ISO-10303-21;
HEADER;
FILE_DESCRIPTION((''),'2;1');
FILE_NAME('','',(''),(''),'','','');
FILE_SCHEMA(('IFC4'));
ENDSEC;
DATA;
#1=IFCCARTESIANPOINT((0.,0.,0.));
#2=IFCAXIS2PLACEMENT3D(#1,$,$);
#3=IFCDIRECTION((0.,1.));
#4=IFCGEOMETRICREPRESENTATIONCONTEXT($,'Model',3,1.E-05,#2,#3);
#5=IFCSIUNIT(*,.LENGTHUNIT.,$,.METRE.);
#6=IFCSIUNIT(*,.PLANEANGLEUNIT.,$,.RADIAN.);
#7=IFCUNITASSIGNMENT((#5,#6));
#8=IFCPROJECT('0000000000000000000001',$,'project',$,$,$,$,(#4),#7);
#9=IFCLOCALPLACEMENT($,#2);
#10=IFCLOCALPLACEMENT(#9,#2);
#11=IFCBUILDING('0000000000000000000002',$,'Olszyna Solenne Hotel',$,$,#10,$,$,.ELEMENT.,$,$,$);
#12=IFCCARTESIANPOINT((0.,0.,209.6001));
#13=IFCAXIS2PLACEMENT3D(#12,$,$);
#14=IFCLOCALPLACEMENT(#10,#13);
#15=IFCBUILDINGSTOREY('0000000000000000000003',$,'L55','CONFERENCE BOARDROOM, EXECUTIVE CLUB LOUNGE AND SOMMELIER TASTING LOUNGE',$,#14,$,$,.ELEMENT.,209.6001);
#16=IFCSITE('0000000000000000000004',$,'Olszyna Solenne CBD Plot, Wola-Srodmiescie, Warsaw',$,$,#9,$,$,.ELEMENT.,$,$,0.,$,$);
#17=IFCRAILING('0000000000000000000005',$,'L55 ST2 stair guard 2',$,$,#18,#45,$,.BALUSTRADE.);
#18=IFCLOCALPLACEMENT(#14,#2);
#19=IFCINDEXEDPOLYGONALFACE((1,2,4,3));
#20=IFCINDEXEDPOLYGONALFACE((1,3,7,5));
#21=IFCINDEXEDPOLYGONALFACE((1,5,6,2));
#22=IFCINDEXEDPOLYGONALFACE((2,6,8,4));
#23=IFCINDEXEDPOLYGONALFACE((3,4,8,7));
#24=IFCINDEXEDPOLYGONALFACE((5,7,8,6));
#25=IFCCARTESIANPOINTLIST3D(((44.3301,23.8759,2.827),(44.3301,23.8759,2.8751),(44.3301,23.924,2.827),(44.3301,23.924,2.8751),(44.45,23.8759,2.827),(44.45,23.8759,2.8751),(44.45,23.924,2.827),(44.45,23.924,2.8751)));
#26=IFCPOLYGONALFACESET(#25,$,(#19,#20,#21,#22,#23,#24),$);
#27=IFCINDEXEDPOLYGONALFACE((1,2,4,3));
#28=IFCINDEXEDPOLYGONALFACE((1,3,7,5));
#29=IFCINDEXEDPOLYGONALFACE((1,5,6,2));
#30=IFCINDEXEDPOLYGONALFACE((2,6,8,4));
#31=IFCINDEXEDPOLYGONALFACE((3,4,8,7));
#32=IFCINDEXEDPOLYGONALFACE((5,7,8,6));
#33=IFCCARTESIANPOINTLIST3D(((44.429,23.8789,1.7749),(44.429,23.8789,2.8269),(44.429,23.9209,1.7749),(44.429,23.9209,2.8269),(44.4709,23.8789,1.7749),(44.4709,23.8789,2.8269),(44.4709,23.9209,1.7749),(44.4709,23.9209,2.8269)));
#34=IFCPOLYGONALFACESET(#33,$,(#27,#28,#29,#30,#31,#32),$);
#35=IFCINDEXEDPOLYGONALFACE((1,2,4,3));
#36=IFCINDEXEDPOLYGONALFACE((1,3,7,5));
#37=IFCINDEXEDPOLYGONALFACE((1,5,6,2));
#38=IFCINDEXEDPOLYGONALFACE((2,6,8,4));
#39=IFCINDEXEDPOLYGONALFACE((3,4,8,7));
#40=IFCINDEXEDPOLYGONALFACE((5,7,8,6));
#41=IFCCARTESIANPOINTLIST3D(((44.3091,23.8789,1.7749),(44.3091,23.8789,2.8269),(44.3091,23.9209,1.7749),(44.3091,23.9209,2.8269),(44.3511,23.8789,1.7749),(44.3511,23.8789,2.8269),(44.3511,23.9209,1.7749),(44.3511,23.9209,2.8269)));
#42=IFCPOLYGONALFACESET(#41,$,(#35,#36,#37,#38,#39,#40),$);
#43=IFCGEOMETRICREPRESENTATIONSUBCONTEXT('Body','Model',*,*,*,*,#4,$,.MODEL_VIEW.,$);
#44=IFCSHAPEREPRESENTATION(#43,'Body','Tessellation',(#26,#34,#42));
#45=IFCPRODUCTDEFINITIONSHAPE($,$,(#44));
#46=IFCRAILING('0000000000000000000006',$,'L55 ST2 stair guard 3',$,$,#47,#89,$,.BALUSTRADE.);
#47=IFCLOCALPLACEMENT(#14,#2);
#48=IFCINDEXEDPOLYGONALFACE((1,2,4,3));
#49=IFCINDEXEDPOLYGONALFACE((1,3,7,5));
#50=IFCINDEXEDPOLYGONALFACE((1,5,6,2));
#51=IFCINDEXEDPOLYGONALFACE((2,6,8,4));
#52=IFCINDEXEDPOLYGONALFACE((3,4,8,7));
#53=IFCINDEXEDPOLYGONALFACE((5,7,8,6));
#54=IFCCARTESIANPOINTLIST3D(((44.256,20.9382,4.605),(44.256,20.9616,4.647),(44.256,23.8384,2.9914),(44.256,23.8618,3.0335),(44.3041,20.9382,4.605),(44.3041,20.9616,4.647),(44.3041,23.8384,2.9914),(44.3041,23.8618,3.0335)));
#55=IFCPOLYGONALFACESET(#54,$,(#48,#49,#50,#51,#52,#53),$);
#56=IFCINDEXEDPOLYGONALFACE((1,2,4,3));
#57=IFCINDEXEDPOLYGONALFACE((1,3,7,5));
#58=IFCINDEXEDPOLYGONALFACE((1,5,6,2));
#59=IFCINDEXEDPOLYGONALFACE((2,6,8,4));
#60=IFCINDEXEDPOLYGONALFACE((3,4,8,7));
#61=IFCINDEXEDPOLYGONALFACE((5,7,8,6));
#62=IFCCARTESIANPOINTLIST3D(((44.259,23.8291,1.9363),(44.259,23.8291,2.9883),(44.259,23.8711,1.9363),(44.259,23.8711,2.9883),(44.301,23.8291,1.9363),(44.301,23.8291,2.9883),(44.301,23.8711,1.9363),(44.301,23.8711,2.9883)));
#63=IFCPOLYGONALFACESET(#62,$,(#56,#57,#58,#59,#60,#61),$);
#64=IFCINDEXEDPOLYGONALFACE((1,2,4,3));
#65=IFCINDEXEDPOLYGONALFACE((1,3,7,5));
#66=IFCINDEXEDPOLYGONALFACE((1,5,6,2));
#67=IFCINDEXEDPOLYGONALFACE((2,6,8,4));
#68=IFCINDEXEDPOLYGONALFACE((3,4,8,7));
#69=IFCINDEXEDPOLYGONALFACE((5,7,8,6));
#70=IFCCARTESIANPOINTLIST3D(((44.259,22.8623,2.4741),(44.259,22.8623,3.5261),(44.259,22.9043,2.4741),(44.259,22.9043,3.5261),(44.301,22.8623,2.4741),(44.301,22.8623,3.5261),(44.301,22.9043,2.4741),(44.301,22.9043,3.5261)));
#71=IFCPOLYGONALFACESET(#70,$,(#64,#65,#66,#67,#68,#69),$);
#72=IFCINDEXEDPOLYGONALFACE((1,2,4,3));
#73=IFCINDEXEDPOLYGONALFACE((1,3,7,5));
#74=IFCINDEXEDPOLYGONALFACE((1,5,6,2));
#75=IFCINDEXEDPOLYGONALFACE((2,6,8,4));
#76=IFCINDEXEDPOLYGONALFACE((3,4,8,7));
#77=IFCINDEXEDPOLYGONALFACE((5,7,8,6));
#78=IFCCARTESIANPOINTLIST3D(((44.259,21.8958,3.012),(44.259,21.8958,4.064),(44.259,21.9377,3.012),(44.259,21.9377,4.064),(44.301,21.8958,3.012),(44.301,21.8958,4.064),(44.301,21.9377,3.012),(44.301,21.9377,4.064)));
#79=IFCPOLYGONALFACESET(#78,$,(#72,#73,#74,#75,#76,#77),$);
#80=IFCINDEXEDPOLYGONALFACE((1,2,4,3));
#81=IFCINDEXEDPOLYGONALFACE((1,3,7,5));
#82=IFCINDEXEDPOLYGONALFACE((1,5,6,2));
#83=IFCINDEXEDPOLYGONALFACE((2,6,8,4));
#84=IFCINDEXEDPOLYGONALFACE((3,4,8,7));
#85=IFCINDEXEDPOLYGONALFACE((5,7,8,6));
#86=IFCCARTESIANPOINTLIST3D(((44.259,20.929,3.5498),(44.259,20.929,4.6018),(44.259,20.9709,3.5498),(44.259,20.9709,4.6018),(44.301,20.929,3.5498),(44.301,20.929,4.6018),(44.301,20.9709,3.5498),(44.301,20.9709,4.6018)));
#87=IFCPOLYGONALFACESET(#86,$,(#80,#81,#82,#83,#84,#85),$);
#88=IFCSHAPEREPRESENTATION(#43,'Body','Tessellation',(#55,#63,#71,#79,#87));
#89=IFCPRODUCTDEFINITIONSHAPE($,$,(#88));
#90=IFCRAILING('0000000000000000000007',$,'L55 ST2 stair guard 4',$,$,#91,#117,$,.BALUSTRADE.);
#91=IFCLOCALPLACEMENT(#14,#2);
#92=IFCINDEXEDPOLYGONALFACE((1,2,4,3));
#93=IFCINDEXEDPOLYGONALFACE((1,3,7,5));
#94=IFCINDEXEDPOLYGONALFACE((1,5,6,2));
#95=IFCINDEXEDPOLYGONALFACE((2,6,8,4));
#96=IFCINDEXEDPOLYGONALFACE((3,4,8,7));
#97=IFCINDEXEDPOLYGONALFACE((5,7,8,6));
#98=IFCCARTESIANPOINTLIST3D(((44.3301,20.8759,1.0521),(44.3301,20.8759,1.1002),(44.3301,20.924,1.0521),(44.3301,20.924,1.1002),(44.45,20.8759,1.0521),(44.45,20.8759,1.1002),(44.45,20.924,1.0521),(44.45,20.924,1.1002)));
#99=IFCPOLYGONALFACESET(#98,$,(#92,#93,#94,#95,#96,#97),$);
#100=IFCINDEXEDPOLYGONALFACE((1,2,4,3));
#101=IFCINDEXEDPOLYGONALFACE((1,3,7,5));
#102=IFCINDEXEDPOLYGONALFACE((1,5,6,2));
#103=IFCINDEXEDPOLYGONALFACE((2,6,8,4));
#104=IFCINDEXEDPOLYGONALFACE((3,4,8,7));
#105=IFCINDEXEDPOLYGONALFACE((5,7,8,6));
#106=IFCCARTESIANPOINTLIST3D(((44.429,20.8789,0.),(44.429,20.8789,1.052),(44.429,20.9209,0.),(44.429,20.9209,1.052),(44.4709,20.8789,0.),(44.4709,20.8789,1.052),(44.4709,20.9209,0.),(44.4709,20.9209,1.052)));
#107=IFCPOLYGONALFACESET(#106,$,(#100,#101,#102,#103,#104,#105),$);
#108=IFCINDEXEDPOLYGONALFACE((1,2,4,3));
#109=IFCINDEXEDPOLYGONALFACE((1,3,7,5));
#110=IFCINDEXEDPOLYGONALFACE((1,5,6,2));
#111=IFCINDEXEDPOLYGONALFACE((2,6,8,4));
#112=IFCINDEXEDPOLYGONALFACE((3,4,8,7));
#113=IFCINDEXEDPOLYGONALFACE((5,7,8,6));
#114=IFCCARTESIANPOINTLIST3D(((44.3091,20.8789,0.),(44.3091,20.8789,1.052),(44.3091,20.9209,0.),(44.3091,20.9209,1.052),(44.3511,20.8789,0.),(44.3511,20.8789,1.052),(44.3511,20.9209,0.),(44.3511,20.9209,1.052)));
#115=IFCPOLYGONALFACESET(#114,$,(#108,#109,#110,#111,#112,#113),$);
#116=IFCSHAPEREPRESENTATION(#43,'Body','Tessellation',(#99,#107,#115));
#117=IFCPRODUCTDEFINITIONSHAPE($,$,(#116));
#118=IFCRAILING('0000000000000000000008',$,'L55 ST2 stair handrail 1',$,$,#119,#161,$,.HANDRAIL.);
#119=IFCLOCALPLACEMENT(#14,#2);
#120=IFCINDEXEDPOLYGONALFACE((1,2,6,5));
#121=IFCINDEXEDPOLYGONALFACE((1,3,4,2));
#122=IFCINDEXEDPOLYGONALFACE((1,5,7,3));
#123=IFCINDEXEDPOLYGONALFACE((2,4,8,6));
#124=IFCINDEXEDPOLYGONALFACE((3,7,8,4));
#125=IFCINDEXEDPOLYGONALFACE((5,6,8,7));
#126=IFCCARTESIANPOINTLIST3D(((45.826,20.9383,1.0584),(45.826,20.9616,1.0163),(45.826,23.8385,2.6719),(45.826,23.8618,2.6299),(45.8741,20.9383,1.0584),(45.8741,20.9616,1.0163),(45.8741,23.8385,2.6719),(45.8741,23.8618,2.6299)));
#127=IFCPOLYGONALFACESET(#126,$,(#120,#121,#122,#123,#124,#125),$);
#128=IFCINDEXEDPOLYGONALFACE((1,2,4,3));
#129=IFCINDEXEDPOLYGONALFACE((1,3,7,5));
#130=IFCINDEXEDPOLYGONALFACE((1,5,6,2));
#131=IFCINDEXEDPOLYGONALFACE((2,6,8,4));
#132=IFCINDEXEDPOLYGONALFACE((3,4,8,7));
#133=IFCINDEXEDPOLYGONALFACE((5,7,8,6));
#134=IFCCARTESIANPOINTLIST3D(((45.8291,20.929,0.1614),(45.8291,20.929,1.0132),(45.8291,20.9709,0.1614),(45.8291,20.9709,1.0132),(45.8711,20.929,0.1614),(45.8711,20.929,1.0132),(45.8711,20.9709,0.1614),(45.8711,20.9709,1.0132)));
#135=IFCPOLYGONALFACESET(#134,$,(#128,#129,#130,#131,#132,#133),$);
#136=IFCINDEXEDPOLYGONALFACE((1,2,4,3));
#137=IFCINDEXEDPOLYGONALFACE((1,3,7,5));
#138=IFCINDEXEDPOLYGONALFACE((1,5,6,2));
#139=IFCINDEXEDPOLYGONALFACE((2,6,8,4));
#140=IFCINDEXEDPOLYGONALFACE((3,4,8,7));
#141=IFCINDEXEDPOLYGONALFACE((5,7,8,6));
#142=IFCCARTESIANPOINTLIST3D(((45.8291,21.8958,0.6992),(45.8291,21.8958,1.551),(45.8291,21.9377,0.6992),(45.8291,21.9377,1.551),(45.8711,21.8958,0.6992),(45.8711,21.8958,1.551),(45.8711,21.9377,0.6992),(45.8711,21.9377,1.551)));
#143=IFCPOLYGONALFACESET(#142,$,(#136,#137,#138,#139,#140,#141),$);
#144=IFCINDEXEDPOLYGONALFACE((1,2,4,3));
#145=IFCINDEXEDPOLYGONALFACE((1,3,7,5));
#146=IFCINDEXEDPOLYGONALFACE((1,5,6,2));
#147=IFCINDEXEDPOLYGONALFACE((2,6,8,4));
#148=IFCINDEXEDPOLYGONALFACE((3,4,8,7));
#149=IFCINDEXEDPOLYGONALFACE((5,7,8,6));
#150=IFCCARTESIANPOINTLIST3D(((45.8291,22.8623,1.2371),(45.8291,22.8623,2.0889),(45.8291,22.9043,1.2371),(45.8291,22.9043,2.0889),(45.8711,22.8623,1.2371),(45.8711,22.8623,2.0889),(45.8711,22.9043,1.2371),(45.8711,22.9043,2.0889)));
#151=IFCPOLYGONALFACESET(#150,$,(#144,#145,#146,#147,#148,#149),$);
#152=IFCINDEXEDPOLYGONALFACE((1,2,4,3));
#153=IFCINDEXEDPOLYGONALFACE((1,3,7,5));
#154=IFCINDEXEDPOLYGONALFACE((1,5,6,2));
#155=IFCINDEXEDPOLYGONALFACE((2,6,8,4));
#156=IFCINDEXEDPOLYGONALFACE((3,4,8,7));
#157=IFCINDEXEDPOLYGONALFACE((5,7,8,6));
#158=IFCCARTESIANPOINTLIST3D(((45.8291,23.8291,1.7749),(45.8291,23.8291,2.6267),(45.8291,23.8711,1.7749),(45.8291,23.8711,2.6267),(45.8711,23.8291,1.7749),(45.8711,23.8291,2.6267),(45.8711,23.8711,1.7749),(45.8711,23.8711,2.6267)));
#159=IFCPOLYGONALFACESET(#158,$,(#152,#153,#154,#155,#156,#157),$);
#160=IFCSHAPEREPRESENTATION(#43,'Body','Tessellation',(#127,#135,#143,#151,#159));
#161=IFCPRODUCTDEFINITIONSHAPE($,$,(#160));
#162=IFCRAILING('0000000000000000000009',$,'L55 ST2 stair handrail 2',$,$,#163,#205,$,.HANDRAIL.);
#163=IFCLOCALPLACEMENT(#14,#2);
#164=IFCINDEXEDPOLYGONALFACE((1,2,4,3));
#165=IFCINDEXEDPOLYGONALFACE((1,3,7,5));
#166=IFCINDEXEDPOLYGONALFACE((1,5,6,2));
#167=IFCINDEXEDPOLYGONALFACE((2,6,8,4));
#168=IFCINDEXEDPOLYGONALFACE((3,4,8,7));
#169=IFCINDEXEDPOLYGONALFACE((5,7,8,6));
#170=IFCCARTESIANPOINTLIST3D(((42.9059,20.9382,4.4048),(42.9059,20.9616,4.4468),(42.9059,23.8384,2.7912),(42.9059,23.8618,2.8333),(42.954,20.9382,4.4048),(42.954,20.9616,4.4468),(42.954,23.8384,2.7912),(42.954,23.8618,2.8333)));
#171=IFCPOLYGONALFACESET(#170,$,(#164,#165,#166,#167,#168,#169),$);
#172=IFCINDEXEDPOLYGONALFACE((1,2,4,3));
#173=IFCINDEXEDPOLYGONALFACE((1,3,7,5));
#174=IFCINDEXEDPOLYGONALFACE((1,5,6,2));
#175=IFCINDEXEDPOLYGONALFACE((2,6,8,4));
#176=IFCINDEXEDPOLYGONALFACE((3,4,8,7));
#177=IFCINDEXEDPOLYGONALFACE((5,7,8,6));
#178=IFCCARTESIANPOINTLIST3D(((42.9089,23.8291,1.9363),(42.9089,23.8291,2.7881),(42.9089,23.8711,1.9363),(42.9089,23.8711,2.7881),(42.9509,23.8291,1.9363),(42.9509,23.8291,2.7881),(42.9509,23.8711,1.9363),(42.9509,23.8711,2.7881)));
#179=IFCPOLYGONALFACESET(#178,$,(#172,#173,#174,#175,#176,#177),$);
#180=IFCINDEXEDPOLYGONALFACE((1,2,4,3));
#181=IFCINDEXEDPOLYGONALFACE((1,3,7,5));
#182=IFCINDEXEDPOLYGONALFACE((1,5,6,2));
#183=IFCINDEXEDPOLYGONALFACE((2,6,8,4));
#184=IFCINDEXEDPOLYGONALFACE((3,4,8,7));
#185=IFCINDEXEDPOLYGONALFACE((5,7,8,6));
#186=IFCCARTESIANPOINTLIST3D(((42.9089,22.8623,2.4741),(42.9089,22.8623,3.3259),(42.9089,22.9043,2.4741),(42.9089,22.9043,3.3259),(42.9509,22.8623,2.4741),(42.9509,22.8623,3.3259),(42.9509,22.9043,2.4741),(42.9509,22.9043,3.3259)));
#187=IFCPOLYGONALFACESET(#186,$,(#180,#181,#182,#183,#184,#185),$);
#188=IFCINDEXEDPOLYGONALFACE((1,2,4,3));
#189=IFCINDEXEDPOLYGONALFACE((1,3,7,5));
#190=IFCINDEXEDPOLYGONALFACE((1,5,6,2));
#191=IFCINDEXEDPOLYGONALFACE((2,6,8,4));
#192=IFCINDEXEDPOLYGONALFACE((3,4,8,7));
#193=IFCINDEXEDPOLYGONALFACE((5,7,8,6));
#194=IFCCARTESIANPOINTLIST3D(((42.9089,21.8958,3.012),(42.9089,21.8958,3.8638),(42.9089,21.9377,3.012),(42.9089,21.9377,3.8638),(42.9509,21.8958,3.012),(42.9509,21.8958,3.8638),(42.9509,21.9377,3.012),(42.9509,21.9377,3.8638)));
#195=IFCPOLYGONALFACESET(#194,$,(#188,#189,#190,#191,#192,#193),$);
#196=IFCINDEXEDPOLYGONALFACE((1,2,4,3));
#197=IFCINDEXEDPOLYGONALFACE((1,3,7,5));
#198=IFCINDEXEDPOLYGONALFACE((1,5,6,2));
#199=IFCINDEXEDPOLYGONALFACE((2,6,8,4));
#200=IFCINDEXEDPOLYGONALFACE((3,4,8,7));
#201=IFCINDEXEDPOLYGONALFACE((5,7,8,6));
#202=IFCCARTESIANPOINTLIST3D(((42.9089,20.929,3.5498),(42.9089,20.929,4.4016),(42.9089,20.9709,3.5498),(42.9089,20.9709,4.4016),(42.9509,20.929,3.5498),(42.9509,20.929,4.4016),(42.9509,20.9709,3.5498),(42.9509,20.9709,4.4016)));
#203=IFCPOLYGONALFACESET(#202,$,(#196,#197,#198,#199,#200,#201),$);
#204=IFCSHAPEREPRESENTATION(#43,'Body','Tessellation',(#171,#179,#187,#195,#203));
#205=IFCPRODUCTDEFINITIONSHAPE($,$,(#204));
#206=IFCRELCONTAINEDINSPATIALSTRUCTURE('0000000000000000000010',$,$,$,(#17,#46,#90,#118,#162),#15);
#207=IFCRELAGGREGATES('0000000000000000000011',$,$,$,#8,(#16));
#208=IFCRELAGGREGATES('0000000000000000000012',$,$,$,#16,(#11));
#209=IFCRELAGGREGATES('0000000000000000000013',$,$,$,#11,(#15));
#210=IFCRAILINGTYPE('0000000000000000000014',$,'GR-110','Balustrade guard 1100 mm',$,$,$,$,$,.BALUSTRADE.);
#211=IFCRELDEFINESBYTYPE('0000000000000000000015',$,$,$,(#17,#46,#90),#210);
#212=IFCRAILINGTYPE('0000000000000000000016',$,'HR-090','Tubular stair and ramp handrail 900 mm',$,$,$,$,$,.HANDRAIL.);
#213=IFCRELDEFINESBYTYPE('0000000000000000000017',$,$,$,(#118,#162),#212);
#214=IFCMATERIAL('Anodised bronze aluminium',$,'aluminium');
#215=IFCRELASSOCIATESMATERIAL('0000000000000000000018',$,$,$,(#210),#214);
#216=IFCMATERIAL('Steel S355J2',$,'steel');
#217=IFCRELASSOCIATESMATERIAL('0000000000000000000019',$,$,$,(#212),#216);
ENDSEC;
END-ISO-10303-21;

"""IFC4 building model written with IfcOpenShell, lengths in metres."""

from ifc_helpers import new_model, si_unit, direction, frame, origin, origin_2d, place, context, subcontext, project, spatial, rectangle, extrude, material, type_object, element, save


model = new_model("IFC4")

# Units and contexts
model_context = context("Model", 3, precision=1e-05, world=origin(), true_north=direction((0.0, 1.0)))
body_context = subcontext(model_context, "Body", "Model", "MODEL_VIEW")
ifc_project = project(units=[si_unit("LENGTHUNIT", "METRE"), si_unit("PLANEANGLEUNIT", "RADIAN")], contexts=[model_context])

# Site, building, storey
site_placement = place(None, origin())
site = spatial("IfcSite", under=ifc_project, at=site_placement, Name="Olszyna Solenne CBD Plot, Wola-Srodmiescie, Warsaw", CompositionType="ELEMENT", RefElevation=0.0)
building_placement = place(site_placement, origin())
building = spatial("IfcBuilding", under=site, at=building_placement, Name="Olszyna Solenne Hotel", CompositionType="ELEMENT")
storey_placement = place(building_placement, frame((0.0, 0.0, 209.6001)))
storey = spatial("IfcBuildingStorey", under=building, at=storey_placement, Name="L55", Description="CONFERENCE BOARDROOM, EXECUTIVE CLUB LOUNGE AND SOMMELIER TASTING LOUNGE", CompositionType="ELEMENT", Elevation=209.6001)

# Shared definitions
ifc_material_1 = material(Name="Steel S355J2", Category="steel")

# Shared definitions
ifc_material_2 = material(Name="Anodised bronze aluminium", Category="aluminium")

# Railings
railing_type_1 = type_object("IfcRailingType", Name="GR-110", Description="Balustrade guard 1100 mm", PredefinedType="BALUSTRADE", material=ifc_material_2)
railing_1_placement = place(storey_placement, frame((44.45, 23.8999, 1.7749)))
element("IfcRailing", 1, at=railing_1_placement, inside=storey, type_object=railing_type_1, Name="L55 ST2 stair guard 2", PredefinedType="BALUSTRADE", context=body_context, shape_type="SweptSolid", body=[
    extrude(rectangle(XDim=0.0481, YDim=0.0481, at=origin_2d()), frame((0.0, 0.0, 1.0762), z_axis=(-1.0, 0.0, 0.0), x_axis=(0.0, -1.0, 0.0)), (0.0, 0.0, 1.0), 0.1199),
    extrude(rectangle(XDim=0.042, YDim=0.042, at=origin_2d()), origin(), (0.0, 0.0, 1.0), 1.052),
    extrude(rectangle(XDim=0.042, YDim=0.042, at=origin_2d()), frame((-0.1199, 0.0, 0.0)), (0.0, 0.0, 1.0), 1.052),
])
railing_2_placement = place(storey_placement, frame((44.28, 23.8501, 1.9363)))
element("IfcRailing", 2, at=railing_2_placement, inside=storey, type_object=railing_type_1, Name="L55 ST2 stair guard 3", PredefinedType="BALUSTRADE", context=body_context, shape_type="SweptSolid", body=[
    extrude(rectangle(XDim=0.0481, YDim=0.0481, at=origin_2d()), frame((0.0, 0.0, 1.0762), z_axis=(0.0, -0.873859, 0.48618), x_axis=(1.0, 0.0, 0.0)), (0.0, 0.0, 1.0), 3.3188),
    extrude(rectangle(XDim=0.042, YDim=0.042, at=origin_2d()), origin(), (0.0, 0.0, 1.0), 1.052),
    extrude(rectangle(XDim=0.042, YDim=0.042, at=origin_2d()), frame((0.0, -0.9668, 0.5378)), (0.0, 0.0, 1.0), 1.052),
    extrude(rectangle(XDim=0.042, YDim=0.042, at=origin_2d()), frame((0.0, -1.9333, 1.0757)), (0.0, 0.0, 1.0), 1.052),
    extrude(rectangle(XDim=0.042, YDim=0.042, at=origin_2d()), frame((0.0, -2.9001, 1.6135)), (0.0, 0.0, 1.0), 1.052),
])
railing_3_placement = place(storey_placement, frame((44.45, 20.8999, 0.0)))
element("IfcRailing", 3, at=railing_3_placement, inside=storey, type_object=railing_type_1, Name="L55 ST2 stair guard 4", PredefinedType="BALUSTRADE", context=body_context, shape_type="SweptSolid", body=[
    extrude(rectangle(XDim=0.0481, YDim=0.0481, at=origin_2d()), frame((0.0, 0.0, 1.0762), z_axis=(-1.0, 0.0, 0.0), x_axis=(0.0, -1.0, 0.0)), (0.0, 0.0, 1.0), 0.1199),
    extrude(rectangle(XDim=0.042, YDim=0.042, at=origin_2d()), origin(), (0.0, 0.0, 1.0), 1.052),
    extrude(rectangle(XDim=0.042, YDim=0.042, at=origin_2d()), frame((-0.1199, 0.0, 0.0)), (0.0, 0.0, 1.0), 1.052),
])
railing_type_2 = type_object("IfcRailingType", Name="HR-090", Description="Tubular stair and ramp handrail 900 mm", PredefinedType="HANDRAIL", material=ifc_material_1)
railing_4_placement = place(storey_placement, frame((45.8501, 20.95, 0.1614)))
element("IfcRailing", 4, at=railing_4_placement, inside=storey, type_object=railing_type_2, Name="L55 ST2 stair handrail 1", PredefinedType="HANDRAIL", context=body_context, shape_type="SweptSolid", body=[
    extrude(rectangle(XDim=0.0481, YDim=0.0481, at=origin_2d()), frame((0.0, 0.0, 0.876), z_axis=(0.0, 0.873859, 0.48618), x_axis=(-1.0, 0.0, 0.0)), (0.0, 0.0, 1.0), 3.3188),
    extrude(rectangle(XDim=0.042, YDim=0.042, at=origin_2d()), origin(), (0.0, 0.0, 1.0), 0.8518),
    extrude(rectangle(XDim=0.042, YDim=0.042, at=origin_2d()), frame((0.0, 0.9668, 0.5378)), (0.0, 0.0, 1.0), 0.8518),
    extrude(rectangle(XDim=0.042, YDim=0.042, at=origin_2d()), frame((0.0, 1.9333, 1.0757)), (0.0, 0.0, 1.0), 0.8518),
    extrude(rectangle(XDim=0.042, YDim=0.042, at=origin_2d()), frame((0.0, 2.9001, 1.6135)), (0.0, 0.0, 1.0), 0.8518),
])
railing_5_placement = place(storey_placement, frame((42.9299, 23.8501, 1.9363)))
element("IfcRailing", 5, at=railing_5_placement, inside=storey, type_object=railing_type_2, Name="L55 ST2 stair handrail 2", PredefinedType="HANDRAIL", context=body_context, shape_type="SweptSolid", body=[
    extrude(rectangle(XDim=0.0481, YDim=0.0481, at=origin_2d()), frame((0.0, 0.0, 0.876), z_axis=(0.0, -0.873859, 0.48618), x_axis=(1.0, 0.0, 0.0)), (0.0, 0.0, 1.0), 3.3188),
    extrude(rectangle(XDim=0.042, YDim=0.042, at=origin_2d()), origin(), (0.0, 0.0, 1.0), 0.8518),
    extrude(rectangle(XDim=0.042, YDim=0.042, at=origin_2d()), frame((0.0, -0.9668, 0.5378)), (0.0, 0.0, 1.0), 0.8518),
    extrude(rectangle(XDim=0.042, YDim=0.042, at=origin_2d()), frame((0.0, -1.9333, 1.0757)), (0.0, 0.0, 1.0), 0.8518),
    extrude(rectangle(XDim=0.042, YDim=0.042, at=origin_2d()), frame((0.0, -2.9001, 1.6135)), (0.0, 0.0, 1.0), 0.8518),
])

save(model, "model.ifc")
